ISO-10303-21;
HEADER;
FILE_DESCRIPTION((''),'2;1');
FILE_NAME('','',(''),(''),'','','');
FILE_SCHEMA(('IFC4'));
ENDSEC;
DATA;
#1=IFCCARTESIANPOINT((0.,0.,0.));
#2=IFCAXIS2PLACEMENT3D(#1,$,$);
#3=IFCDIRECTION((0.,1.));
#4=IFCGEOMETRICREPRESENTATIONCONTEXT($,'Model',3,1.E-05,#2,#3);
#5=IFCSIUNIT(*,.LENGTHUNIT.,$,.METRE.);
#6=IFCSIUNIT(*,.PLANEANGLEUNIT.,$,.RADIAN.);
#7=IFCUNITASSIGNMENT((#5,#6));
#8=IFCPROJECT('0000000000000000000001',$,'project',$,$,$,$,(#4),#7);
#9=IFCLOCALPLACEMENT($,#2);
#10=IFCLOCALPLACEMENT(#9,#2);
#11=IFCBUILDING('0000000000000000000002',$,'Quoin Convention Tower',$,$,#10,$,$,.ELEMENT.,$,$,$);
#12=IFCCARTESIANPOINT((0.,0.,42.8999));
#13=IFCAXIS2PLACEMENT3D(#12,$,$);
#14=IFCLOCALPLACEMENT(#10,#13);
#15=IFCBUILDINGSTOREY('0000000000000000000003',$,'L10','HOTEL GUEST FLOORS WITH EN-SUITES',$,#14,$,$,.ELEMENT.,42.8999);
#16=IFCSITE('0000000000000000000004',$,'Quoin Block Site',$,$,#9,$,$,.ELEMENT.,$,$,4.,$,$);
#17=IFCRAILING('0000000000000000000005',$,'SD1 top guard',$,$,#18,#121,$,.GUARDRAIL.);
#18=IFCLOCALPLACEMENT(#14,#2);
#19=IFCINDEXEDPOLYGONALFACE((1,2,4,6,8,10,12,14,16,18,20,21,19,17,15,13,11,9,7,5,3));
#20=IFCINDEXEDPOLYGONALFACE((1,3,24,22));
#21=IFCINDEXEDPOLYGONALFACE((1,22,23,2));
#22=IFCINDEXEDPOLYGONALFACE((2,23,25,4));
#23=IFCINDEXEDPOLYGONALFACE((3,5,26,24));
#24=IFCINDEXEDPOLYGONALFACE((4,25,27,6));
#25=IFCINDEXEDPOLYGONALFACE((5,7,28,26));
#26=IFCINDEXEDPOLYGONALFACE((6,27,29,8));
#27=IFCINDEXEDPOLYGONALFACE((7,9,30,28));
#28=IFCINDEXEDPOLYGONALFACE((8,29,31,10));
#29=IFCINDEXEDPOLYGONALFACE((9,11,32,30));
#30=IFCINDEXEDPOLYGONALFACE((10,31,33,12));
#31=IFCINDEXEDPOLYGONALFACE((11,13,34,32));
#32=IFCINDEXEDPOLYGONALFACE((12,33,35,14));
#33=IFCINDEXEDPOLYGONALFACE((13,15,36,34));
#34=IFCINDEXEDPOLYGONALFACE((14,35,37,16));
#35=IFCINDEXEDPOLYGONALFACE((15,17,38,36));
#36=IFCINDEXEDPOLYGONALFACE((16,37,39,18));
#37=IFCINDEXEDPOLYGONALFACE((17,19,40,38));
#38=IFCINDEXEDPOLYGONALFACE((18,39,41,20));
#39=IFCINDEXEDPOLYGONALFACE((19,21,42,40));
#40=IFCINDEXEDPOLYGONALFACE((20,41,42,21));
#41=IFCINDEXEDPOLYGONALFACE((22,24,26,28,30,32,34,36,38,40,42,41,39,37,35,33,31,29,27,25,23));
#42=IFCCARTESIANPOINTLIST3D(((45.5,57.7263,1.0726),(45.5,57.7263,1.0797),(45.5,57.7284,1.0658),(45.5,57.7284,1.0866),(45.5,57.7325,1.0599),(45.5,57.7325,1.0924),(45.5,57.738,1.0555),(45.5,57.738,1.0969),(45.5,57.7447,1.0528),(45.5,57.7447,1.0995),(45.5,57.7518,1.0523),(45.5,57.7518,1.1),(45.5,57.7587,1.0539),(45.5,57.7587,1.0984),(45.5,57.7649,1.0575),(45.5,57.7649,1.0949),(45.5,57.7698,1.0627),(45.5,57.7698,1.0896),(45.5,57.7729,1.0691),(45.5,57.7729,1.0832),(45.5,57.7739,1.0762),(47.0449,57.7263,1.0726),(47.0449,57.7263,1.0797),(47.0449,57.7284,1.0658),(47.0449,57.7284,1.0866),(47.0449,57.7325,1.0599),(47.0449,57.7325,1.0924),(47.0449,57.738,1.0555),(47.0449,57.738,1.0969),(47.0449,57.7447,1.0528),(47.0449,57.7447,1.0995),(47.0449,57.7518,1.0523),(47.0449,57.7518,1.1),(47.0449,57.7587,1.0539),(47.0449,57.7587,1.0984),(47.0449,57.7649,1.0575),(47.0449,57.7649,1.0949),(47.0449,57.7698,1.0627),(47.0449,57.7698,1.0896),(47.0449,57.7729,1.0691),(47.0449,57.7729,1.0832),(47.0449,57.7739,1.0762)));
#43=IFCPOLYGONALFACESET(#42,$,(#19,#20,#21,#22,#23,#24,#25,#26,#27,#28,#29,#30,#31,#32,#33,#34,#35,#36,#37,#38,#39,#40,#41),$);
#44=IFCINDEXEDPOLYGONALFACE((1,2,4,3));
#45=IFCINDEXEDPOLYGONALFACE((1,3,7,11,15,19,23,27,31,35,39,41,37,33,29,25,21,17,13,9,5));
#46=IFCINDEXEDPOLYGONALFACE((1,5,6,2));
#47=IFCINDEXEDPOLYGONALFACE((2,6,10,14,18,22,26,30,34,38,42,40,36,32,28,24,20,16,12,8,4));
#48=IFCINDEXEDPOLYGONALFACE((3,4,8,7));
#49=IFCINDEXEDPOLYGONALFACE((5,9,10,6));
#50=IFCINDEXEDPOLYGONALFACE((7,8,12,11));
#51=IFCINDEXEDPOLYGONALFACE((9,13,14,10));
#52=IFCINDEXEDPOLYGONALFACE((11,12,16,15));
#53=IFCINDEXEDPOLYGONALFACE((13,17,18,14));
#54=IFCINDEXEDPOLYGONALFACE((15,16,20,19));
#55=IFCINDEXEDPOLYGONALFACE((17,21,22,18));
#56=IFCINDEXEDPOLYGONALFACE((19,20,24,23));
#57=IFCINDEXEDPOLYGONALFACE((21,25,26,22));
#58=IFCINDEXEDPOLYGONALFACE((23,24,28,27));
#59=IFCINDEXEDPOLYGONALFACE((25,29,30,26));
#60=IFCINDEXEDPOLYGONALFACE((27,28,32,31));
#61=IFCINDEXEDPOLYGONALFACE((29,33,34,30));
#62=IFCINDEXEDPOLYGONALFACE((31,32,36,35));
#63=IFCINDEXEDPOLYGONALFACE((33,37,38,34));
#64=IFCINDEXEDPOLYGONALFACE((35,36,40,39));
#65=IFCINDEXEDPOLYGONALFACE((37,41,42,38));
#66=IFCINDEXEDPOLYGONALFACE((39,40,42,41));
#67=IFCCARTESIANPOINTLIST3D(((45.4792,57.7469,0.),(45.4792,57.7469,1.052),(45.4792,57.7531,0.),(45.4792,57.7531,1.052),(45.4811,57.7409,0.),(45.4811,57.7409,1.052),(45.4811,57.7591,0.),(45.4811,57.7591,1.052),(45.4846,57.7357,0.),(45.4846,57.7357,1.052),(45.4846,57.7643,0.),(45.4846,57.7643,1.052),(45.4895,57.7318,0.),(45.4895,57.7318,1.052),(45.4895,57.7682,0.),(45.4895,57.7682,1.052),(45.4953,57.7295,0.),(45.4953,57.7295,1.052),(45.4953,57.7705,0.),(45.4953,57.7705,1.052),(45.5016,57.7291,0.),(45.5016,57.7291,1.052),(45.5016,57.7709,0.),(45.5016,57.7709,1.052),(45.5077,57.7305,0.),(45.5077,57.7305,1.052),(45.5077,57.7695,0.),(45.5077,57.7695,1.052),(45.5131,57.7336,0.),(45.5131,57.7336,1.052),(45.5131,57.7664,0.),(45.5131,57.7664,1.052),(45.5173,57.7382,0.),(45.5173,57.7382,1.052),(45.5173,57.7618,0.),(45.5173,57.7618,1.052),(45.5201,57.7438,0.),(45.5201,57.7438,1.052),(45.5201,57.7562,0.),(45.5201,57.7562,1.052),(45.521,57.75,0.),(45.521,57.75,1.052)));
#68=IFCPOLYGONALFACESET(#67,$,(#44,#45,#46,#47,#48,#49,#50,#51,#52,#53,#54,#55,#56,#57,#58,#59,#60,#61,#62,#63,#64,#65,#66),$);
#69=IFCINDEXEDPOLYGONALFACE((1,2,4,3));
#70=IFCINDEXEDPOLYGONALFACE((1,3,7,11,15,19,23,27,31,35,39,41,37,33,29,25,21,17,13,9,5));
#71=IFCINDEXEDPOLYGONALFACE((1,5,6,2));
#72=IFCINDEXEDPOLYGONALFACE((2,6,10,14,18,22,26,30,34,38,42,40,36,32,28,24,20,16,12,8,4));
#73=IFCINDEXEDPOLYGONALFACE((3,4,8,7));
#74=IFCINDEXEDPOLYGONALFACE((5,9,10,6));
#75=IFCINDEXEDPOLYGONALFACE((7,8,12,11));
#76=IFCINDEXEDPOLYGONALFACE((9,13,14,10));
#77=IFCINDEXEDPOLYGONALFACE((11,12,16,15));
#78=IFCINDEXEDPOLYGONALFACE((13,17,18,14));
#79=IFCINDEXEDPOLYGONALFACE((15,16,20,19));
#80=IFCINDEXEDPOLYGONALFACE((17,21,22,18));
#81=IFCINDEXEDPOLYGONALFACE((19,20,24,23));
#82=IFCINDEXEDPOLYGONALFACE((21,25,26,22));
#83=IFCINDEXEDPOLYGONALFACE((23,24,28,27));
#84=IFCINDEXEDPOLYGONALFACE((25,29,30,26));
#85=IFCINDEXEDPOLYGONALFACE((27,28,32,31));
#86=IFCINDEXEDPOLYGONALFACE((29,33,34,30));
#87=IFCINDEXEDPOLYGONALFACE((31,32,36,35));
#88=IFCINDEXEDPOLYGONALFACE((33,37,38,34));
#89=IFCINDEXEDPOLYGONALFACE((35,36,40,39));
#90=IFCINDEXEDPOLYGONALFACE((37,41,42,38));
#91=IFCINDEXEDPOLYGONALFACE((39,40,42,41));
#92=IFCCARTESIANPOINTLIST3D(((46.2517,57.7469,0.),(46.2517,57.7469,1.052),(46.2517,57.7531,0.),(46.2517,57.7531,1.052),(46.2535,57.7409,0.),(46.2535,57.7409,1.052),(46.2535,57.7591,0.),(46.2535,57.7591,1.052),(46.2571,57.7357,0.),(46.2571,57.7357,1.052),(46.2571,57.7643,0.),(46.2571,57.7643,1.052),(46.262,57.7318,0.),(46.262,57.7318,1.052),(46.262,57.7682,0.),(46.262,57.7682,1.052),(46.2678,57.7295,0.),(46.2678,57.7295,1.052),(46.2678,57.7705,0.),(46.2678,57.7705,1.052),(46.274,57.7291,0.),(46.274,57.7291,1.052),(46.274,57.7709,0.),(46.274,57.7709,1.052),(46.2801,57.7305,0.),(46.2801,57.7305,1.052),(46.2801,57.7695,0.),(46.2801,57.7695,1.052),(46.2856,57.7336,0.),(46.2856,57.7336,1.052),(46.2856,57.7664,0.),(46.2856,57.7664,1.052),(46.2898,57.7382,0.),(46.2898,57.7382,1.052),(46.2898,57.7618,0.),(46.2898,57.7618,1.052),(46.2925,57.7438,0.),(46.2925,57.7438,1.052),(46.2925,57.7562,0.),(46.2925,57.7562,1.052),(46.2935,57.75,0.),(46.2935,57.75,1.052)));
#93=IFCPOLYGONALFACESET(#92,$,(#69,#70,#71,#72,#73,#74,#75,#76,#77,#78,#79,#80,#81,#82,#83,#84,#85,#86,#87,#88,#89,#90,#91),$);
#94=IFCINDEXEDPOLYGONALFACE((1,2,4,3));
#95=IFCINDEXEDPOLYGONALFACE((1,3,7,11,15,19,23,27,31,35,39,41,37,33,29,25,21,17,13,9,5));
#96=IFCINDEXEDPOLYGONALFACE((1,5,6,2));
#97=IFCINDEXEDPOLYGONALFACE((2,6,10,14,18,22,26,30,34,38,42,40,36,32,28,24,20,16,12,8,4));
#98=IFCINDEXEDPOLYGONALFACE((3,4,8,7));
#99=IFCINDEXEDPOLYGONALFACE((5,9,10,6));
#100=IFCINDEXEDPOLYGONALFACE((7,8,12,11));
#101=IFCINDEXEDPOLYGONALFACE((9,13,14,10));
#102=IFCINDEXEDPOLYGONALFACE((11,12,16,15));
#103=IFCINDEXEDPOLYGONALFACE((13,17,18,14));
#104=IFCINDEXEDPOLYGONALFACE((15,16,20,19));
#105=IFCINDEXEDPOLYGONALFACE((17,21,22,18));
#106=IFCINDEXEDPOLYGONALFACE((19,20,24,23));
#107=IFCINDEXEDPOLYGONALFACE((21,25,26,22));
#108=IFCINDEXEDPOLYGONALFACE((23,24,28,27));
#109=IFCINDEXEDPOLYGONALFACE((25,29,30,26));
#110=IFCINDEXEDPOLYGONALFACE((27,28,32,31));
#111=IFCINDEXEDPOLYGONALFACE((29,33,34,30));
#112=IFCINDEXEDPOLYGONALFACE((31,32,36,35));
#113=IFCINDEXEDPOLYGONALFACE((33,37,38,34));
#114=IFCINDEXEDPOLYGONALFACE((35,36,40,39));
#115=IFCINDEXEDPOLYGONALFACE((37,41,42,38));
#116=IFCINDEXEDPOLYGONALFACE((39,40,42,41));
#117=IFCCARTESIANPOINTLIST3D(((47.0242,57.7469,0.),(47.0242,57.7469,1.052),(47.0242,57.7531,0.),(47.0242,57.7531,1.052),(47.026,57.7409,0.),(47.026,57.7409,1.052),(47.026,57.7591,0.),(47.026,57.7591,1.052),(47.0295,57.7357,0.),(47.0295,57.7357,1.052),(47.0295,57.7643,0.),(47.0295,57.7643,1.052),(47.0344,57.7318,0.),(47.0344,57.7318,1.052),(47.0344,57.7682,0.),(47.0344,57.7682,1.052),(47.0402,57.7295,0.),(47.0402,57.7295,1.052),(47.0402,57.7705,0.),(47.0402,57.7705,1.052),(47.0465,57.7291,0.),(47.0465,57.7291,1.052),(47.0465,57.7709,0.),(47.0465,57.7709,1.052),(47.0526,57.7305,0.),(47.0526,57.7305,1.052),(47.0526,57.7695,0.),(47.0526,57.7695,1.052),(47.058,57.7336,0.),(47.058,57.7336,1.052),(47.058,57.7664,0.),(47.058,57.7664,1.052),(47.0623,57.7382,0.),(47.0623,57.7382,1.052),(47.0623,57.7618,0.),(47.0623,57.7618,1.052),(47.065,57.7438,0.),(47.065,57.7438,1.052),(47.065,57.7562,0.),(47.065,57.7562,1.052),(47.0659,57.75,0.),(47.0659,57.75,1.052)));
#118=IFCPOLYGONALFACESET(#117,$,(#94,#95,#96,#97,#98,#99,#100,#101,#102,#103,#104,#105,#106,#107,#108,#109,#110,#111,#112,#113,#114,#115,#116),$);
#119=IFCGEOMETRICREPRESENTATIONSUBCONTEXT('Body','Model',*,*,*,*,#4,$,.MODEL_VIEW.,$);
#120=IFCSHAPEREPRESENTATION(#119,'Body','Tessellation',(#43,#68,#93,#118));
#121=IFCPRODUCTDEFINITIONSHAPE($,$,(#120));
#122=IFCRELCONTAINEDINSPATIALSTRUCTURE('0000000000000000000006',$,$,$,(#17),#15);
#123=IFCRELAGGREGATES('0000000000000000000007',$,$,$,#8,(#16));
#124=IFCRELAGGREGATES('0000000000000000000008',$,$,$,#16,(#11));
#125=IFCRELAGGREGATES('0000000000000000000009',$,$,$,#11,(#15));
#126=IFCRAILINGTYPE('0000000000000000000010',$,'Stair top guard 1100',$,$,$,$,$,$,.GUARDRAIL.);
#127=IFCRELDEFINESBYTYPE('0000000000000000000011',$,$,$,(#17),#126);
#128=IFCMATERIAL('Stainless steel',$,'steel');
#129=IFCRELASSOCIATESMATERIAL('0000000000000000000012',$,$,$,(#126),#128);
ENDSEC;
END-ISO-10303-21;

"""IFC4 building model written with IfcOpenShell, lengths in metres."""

from ifc_helpers import new_model, si_unit, direction, frame, origin, origin_2d, place, context, subcontext, project, spatial, circle, extrude, material, type_object, element, save


model = new_model("IFC4")

# Units and contexts
model_context = context("Model", 3, precision=1e-05, world=origin(), true_north=direction((0.0, 1.0)))
body_context = subcontext(model_context, "Body", "Model", "MODEL_VIEW")
ifc_project = project(units=[si_unit("LENGTHUNIT", "METRE"), si_unit("PLANEANGLEUNIT", "RADIAN")], contexts=[model_context])

# Site, building, storey
site_placement = place(None, origin())
site = spatial("IfcSite", under=ifc_project, at=site_placement, Name="Quoin Block Site", CompositionType="ELEMENT", RefElevation=4.0)
building_placement = place(site_placement, origin())
building = spatial("IfcBuilding", under=site, at=building_placement, Name="Quoin Convention Tower", CompositionType="ELEMENT")
storey_placement = place(building_placement, frame((0.0, 0.0, 42.8999)))
storey = spatial("IfcBuildingStorey", under=building, at=storey_placement, Name="L10", Description="HOTEL GUEST FLOORS WITH EN-SUITES", CompositionType="ELEMENT", Elevation=42.8999)

# Railing
ifc_material_1 = material(Name="Stainless steel", Category="steel")
railing_type = type_object("IfcRailingType", Name="Stair top guard 1100", PredefinedType="GUARDRAIL", material=ifc_material_1)
railing_placement = place(storey_placement, frame((45.5, 57.75, 0.0)))
element("IfcRailing", 1, at=railing_placement, inside=storey, type_object=railing_type, Name="SD1 top guard", PredefinedType="GUARDRAIL", context=body_context, shape_type="SweptSolid", body=[
    extrude(circle(Radius=0.0239, at=origin_2d()), frame((0.0, 0.0, 1.0762), z_axis=(1.0, 0.0, 0.0), x_axis=(0.0, 1.0, 0.0)), (0.0, 0.0, 1.0), 1.5449),
    extrude(circle(Radius=0.021, at=origin_2d()), origin(), (0.0, 0.0, 1.0), 1.052),
    extrude(circle(Radius=0.021, at=origin_2d()), frame((0.7725, 0.0, 0.0)), (0.0, 0.0, 1.0), 1.052),
    extrude(circle(Radius=0.021, at=origin_2d()), frame((1.5449, 0.0, 0.0)), (0.0, 0.0, 1.0), 1.052),
])

save(model, "model.ifc")
